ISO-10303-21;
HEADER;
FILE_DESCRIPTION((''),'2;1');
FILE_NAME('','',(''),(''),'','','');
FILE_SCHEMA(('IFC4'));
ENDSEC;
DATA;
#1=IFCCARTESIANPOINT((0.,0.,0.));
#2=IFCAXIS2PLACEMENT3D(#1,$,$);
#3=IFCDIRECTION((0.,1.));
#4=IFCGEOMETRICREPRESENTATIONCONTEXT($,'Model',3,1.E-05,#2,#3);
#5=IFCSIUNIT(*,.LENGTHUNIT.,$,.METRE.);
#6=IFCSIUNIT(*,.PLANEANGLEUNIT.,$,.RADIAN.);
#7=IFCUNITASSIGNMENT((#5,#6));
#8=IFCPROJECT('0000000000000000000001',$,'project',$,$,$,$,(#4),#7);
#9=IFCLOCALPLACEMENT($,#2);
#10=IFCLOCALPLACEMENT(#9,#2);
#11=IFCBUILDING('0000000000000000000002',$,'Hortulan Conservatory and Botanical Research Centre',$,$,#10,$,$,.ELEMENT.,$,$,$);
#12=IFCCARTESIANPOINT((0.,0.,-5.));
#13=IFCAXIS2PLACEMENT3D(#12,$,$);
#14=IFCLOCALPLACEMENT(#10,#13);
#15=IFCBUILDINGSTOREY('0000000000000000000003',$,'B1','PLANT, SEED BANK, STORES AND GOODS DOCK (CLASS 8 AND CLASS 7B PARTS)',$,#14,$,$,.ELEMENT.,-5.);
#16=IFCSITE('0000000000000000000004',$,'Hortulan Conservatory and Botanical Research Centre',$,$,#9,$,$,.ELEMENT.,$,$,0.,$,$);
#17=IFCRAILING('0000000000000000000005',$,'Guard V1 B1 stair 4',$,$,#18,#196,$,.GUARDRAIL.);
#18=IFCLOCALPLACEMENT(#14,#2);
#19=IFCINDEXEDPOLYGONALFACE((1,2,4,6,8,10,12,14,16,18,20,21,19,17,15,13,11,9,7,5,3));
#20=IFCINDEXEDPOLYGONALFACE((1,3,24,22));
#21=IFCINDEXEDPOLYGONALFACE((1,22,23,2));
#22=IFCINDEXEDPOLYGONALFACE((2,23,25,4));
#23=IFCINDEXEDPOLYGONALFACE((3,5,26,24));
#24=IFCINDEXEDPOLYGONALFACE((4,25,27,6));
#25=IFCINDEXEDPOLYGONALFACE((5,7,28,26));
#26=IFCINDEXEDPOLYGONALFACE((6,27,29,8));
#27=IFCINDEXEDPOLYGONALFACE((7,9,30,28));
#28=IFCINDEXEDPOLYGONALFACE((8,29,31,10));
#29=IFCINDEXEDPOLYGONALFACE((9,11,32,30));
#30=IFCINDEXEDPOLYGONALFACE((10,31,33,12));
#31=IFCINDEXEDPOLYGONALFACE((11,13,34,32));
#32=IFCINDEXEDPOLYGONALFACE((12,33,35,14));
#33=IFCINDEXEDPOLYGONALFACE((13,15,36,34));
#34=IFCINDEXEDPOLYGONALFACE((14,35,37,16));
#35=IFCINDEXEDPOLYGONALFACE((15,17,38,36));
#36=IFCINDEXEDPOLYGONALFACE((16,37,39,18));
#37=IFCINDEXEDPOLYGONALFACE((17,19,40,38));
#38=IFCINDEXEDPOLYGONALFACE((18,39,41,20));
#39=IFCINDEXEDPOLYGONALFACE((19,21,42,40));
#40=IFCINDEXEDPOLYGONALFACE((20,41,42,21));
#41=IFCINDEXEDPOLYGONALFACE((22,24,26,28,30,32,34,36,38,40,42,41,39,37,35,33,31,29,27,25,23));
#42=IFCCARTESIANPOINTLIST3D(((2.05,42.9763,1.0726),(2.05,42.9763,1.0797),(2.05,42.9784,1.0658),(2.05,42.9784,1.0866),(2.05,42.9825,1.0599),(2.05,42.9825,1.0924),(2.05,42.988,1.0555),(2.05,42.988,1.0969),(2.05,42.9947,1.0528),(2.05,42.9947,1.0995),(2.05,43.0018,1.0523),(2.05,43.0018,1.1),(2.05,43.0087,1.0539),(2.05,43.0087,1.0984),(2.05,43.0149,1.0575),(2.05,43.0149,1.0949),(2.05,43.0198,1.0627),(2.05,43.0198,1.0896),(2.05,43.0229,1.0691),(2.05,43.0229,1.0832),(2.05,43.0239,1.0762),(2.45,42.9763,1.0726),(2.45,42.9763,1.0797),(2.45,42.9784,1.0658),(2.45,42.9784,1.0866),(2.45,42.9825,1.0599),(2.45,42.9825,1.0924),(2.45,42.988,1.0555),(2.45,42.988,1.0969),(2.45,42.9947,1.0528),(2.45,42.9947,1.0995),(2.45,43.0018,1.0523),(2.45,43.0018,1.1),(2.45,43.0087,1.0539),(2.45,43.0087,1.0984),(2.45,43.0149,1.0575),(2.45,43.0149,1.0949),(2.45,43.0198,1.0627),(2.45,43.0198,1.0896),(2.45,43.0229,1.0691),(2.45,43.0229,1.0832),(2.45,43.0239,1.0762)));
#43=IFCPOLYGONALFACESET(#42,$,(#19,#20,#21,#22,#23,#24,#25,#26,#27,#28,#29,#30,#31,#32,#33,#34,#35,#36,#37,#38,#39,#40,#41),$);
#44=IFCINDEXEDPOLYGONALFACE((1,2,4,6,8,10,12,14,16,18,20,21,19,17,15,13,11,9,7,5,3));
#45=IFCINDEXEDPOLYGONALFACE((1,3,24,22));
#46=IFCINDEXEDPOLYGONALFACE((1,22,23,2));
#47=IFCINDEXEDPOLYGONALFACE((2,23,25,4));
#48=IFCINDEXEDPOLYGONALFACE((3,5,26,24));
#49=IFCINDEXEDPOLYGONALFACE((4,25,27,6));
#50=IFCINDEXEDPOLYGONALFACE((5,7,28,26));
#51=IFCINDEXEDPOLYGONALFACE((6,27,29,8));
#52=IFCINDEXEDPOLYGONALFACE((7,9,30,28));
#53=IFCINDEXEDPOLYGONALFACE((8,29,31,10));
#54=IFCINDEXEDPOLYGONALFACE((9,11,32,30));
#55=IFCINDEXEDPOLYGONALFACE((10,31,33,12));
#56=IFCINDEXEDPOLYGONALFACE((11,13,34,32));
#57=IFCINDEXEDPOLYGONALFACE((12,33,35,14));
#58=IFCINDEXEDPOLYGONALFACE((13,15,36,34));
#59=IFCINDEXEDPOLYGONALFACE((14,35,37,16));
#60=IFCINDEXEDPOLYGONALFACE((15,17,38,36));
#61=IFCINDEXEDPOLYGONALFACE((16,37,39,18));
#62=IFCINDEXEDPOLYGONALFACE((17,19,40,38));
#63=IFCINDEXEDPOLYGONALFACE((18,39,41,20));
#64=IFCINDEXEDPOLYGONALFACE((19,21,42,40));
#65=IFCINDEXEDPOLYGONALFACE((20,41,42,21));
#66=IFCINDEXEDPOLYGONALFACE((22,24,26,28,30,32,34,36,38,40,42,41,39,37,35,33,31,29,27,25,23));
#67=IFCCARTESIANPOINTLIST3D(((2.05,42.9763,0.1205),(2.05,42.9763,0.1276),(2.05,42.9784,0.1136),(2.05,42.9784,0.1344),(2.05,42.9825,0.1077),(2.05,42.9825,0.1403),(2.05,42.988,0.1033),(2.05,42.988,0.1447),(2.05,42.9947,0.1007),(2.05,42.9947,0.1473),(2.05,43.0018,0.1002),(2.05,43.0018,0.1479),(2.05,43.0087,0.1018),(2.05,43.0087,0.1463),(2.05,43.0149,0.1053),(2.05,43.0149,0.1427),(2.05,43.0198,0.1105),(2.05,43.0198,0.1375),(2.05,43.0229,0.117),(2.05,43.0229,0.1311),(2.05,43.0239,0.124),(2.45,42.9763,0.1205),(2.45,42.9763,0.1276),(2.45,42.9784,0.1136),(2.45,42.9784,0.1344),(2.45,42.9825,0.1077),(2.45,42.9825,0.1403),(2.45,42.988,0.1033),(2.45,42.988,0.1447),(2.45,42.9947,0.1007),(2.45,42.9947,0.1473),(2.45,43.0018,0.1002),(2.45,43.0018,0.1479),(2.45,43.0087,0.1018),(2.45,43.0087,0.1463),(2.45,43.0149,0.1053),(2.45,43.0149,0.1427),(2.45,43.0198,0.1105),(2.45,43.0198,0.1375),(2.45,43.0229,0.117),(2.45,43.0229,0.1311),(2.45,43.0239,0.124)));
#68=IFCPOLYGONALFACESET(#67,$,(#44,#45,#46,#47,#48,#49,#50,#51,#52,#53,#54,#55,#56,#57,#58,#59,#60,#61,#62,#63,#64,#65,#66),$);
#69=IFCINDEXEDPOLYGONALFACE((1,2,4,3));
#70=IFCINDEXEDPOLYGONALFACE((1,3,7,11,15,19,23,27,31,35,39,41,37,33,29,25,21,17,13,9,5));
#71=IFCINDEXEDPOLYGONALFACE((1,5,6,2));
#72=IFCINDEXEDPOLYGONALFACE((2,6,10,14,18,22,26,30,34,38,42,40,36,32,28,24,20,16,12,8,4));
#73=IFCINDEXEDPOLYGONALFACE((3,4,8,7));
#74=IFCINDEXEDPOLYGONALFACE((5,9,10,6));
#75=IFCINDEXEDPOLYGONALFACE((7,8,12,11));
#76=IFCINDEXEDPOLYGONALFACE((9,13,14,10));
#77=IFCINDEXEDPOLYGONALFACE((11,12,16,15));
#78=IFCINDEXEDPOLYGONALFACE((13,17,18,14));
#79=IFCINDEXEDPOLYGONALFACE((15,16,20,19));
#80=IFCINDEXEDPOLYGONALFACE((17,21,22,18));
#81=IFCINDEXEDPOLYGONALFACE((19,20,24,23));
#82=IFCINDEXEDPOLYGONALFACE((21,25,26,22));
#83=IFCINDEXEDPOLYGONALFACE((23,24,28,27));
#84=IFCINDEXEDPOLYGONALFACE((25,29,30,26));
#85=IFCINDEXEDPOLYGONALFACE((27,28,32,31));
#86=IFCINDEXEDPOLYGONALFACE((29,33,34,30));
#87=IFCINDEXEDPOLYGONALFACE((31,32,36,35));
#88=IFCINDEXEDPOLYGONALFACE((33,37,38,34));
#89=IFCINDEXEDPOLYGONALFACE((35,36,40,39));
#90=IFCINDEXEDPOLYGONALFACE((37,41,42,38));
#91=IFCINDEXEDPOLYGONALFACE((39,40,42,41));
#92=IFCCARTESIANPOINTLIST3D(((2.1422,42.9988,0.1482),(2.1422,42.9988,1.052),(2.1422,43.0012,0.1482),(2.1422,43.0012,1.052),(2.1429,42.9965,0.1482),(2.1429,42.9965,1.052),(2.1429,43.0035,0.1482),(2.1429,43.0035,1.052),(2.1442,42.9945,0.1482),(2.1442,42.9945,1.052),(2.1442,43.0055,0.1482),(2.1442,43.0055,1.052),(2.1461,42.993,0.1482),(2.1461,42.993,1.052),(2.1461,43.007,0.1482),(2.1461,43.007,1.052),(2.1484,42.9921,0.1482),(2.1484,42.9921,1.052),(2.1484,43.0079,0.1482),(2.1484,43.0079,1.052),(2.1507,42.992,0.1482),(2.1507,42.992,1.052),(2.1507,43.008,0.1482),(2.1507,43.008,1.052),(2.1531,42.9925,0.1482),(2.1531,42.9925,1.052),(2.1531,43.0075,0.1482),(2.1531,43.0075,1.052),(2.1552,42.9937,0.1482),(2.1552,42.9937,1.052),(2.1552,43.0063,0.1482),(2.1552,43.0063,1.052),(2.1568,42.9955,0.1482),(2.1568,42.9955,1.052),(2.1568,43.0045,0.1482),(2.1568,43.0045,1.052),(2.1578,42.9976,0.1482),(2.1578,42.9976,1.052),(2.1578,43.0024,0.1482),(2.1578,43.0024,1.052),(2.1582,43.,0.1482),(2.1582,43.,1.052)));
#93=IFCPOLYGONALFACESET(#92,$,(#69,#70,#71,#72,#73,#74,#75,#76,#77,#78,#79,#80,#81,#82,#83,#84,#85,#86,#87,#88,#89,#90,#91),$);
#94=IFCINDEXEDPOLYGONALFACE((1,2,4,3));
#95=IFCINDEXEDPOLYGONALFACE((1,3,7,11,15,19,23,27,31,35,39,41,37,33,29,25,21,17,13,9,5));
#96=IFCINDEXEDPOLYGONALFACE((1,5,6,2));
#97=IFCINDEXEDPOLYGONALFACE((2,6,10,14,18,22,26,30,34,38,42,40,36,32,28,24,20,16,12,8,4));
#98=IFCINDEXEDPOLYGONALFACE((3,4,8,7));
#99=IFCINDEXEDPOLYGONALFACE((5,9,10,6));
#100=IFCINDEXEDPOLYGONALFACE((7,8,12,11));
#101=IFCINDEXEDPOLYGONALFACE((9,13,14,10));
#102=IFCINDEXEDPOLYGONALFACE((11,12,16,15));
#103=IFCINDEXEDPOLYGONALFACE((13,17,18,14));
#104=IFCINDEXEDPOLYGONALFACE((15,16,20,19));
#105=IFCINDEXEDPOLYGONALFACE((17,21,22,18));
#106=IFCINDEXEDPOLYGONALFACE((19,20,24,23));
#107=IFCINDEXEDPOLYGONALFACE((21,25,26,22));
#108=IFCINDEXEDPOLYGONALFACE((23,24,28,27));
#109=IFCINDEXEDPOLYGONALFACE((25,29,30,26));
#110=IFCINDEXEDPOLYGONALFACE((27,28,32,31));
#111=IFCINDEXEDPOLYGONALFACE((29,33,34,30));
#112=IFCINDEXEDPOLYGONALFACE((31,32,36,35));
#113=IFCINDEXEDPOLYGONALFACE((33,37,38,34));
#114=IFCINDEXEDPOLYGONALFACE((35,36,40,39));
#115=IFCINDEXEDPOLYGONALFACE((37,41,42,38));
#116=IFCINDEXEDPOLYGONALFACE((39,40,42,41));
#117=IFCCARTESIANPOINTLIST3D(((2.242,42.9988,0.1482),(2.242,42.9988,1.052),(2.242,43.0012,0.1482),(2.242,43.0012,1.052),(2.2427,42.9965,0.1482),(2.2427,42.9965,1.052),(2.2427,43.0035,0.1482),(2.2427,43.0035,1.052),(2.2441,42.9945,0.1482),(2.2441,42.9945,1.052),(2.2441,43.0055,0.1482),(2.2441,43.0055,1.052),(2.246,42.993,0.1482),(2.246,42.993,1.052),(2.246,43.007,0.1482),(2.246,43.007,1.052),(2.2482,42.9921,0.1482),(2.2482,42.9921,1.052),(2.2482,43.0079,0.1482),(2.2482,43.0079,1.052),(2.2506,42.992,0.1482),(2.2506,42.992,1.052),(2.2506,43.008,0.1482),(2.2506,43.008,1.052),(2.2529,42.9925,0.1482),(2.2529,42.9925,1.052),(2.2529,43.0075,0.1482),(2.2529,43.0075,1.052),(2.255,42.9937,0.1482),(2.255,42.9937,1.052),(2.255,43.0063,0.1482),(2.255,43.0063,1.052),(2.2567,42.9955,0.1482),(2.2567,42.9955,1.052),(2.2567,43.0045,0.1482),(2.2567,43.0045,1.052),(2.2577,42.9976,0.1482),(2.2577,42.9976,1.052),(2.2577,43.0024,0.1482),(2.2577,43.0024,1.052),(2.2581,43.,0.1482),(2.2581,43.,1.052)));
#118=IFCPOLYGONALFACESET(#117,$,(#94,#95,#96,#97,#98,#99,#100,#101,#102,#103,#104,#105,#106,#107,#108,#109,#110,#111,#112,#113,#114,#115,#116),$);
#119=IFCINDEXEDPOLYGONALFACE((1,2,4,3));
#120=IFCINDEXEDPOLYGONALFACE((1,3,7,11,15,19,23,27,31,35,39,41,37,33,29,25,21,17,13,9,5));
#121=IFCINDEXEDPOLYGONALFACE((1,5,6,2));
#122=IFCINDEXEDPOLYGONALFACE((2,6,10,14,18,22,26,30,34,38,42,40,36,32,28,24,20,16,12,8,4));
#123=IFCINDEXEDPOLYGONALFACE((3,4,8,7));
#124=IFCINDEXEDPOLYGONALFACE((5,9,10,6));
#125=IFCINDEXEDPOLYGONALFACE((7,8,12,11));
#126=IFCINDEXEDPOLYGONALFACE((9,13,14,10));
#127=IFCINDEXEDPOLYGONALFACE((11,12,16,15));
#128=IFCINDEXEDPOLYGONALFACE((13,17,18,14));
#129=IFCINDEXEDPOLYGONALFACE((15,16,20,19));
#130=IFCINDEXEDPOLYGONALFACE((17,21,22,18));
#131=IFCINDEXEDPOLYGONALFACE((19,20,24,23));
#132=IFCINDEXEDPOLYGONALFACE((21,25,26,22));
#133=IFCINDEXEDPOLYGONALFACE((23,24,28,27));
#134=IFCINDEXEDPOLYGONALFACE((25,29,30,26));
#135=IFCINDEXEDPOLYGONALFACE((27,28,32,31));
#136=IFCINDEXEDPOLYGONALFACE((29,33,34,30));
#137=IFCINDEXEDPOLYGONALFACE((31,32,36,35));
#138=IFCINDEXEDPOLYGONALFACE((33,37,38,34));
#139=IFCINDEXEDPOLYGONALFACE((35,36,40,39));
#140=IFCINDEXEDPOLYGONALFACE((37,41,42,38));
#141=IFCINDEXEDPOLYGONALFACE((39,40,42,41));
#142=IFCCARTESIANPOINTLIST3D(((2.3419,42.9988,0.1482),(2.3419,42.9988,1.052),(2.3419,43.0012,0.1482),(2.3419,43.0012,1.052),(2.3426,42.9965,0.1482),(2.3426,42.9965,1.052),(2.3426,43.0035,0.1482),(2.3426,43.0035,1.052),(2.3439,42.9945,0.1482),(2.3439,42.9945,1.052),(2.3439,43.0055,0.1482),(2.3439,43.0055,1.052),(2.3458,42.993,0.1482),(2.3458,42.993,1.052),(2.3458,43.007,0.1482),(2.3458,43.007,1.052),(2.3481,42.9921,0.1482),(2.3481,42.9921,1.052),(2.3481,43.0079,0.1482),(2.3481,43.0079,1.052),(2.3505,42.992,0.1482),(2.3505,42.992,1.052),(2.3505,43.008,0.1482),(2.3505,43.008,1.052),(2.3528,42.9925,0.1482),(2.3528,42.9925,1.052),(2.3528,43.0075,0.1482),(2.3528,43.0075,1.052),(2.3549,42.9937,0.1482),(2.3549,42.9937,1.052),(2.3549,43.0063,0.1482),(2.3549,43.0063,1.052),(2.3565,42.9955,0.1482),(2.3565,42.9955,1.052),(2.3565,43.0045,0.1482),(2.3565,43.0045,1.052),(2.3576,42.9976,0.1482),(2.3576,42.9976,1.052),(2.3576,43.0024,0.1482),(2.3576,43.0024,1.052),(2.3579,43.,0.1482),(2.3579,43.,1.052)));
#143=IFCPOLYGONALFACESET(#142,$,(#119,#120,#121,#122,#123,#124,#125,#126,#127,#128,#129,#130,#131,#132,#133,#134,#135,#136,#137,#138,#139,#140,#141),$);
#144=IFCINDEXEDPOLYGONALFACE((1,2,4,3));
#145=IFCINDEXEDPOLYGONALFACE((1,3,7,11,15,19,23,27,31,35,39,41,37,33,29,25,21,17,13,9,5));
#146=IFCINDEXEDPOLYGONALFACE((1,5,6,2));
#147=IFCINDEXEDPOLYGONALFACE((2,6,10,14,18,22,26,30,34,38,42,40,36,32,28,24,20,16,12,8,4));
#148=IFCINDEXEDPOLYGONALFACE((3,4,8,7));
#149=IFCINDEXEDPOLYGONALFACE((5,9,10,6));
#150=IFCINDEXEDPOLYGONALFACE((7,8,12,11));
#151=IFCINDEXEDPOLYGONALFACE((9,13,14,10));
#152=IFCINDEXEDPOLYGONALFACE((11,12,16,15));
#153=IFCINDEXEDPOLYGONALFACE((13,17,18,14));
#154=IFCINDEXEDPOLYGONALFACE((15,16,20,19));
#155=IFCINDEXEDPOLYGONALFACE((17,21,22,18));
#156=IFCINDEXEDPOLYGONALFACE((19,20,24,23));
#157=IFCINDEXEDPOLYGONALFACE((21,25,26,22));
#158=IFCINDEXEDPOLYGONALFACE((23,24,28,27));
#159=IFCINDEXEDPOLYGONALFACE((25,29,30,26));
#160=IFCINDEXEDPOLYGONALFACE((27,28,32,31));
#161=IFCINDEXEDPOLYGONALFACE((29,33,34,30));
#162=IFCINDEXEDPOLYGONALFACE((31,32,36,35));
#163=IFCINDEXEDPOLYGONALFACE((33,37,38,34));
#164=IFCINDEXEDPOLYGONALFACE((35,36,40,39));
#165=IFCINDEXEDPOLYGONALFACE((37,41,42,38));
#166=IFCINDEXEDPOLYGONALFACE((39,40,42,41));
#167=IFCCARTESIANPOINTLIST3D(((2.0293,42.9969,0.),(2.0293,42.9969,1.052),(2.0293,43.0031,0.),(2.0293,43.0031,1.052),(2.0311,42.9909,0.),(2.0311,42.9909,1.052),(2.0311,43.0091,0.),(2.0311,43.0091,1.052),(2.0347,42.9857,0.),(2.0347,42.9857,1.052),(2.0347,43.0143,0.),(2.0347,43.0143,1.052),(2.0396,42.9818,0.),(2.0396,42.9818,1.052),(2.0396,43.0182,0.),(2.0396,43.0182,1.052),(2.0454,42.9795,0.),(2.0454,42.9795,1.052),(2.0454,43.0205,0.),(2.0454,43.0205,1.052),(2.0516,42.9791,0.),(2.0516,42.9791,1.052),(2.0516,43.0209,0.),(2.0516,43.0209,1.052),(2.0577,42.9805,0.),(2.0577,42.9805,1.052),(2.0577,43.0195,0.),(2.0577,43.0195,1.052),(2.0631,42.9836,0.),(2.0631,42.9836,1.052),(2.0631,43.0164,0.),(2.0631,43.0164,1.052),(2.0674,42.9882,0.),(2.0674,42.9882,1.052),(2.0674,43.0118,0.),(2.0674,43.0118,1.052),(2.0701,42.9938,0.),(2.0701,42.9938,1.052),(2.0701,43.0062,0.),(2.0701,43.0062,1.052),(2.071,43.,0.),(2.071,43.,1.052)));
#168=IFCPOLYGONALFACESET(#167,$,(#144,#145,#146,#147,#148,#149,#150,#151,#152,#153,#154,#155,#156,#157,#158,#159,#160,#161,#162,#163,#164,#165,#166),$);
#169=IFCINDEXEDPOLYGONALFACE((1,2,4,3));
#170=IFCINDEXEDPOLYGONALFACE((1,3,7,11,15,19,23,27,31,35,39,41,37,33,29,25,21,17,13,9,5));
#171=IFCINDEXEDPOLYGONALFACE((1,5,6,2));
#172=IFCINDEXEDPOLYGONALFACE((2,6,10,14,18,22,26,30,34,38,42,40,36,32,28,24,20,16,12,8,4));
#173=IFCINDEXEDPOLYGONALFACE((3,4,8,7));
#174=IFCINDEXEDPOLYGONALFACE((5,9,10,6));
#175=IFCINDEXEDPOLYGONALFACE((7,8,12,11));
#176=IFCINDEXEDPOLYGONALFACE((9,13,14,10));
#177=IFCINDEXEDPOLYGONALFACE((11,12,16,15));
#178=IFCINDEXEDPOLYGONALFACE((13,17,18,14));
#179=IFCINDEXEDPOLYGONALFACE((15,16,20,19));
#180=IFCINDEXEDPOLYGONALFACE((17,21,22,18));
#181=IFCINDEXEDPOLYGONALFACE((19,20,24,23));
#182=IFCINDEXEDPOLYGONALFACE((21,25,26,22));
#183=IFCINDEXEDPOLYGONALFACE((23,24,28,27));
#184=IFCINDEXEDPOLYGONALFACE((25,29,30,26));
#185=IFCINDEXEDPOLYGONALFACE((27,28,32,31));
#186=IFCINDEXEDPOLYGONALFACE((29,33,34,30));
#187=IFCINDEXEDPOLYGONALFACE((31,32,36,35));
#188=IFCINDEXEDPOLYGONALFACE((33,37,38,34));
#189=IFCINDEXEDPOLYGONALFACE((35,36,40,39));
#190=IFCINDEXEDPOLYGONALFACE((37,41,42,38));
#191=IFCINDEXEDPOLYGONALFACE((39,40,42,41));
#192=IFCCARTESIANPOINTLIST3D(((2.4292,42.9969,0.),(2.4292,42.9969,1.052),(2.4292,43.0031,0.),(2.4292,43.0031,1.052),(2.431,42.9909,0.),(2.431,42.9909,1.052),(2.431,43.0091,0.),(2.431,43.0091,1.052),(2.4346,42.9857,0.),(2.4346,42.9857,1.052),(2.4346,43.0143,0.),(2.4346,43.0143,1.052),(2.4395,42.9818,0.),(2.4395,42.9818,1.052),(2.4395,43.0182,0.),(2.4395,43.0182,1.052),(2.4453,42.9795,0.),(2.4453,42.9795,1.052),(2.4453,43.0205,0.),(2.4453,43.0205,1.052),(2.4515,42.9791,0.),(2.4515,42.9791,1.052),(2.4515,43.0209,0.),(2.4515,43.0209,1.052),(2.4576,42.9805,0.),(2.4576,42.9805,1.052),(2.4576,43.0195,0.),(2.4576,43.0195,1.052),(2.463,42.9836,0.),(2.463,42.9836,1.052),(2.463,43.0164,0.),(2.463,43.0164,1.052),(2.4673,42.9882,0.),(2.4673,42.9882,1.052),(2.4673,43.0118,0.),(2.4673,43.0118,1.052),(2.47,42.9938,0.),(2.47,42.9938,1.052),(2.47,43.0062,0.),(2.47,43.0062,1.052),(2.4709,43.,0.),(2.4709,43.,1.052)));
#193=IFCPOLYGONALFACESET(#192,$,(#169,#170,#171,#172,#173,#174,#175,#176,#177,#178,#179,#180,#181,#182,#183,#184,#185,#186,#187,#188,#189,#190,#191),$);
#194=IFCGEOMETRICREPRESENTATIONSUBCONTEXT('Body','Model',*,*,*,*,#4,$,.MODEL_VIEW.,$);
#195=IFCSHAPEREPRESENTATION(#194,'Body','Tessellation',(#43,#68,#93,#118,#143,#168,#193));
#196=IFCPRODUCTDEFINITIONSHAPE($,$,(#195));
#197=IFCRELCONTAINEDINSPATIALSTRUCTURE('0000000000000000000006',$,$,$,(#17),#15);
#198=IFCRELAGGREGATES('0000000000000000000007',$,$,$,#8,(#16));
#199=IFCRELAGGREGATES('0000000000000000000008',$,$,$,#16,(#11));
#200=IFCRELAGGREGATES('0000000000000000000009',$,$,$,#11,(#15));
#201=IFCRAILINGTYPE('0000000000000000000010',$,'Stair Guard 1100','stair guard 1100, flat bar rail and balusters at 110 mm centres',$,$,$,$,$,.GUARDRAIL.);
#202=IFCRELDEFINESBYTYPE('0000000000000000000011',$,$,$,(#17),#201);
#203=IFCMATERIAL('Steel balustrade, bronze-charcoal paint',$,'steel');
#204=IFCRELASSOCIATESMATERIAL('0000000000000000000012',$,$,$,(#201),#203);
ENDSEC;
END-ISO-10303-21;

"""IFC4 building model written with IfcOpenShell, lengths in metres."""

from ifc_helpers import new_model, si_unit, direction, frame, origin, origin_2d, place, context, subcontext, project, spatial, circle, extrude, material, type_object, element, save


model = new_model("IFC4")

# Units and contexts
model_context = context("Model", 3, precision=1e-05, world=origin(), true_north=direction((0.0, 1.0)))
body_context = subcontext(model_context, "Body", "Model", "MODEL_VIEW")
ifc_project = project(units=[si_unit("LENGTHUNIT", "METRE"), si_unit("PLANEANGLEUNIT", "RADIAN")], contexts=[model_context])

# Site, building, storey
site_placement = place(None, origin())
site = spatial("IfcSite", under=ifc_project, at=site_placement, Name="Hortulan Conservatory and Botanical Research Centre", CompositionType="ELEMENT", RefElevation=0.0)
building_placement = place(site_placement, origin())
building = spatial("IfcBuilding", under=site, at=building_placement, Name="Hortulan Conservatory and Botanical Research Centre", CompositionType="ELEMENT")
storey_placement = place(building_placement, frame((0.0, 0.0, -5.0)))
storey = spatial("IfcBuildingStorey", under=building, at=storey_placement, Name="B1", Description="PLANT, SEED BANK, STORES AND GOODS DOCK (CLASS 8 AND CLASS 7B PARTS)", CompositionType="ELEMENT", Elevation=-5.0)

# Railing
ifc_material_1 = material(Name="Steel balustrade, bronze-charcoal paint", Category="steel")
railing_type_1 = type_object("IfcRailingType", Name="Stair Guard 1100", Description="stair guard 1100, flat bar rail and balusters at 110 mm centres", PredefinedType="GUARDRAIL", material=ifc_material_1)
railing_1_placement = place(storey_placement, frame((2.05, 43.0, 0.0)))
element("IfcRailing", 1, at=railing_1_placement, inside=storey, type_object=railing_type_1, Name="Guard V1 B1 stair 4", PredefinedType="GUARDRAIL", context=body_context, shape_type="SweptSolid", body=[
    extrude(circle(Radius=0.0239, at=origin_2d()), frame((0.0, 0.0, 1.0762), z_axis=(1.0, 0.0, 0.0), x_axis=(0.0, 1.0, 0.0)), (0.0, 0.0, 1.0), 0.3999),
    extrude(circle(Radius=0.0239, at=origin_2d()), frame((0.0, 0.0, 0.124), z_axis=(1.0, 0.0, 0.0), x_axis=(0.0, 1.0, 0.0)), (0.0, 0.0, 1.0), 0.3999),
    extrude(circle(Radius=0.0081, at=origin_2d()), frame((0.1001, 0.0, 0.1482)), (0.0, 0.0, 1.0), 0.9038),
    extrude(circle(Radius=0.0081, at=origin_2d()), frame((0.2, 0.0, 0.1482)), (0.0, 0.0, 1.0), 0.9038),
    extrude(circle(Radius=0.0081, at=origin_2d()), frame((0.2998, 0.0, 0.1482)), (0.0, 0.0, 1.0), 0.9038),
    extrude(circle(Radius=0.021, at=origin_2d()), origin(), (0.0, 0.0, 1.0), 1.052),
    extrude(circle(Radius=0.021, at=origin_2d()), frame((0.3999, 0.0, 0.0)), (0.0, 0.0, 1.0), 1.052),
])

save(model, "model.ifc")
